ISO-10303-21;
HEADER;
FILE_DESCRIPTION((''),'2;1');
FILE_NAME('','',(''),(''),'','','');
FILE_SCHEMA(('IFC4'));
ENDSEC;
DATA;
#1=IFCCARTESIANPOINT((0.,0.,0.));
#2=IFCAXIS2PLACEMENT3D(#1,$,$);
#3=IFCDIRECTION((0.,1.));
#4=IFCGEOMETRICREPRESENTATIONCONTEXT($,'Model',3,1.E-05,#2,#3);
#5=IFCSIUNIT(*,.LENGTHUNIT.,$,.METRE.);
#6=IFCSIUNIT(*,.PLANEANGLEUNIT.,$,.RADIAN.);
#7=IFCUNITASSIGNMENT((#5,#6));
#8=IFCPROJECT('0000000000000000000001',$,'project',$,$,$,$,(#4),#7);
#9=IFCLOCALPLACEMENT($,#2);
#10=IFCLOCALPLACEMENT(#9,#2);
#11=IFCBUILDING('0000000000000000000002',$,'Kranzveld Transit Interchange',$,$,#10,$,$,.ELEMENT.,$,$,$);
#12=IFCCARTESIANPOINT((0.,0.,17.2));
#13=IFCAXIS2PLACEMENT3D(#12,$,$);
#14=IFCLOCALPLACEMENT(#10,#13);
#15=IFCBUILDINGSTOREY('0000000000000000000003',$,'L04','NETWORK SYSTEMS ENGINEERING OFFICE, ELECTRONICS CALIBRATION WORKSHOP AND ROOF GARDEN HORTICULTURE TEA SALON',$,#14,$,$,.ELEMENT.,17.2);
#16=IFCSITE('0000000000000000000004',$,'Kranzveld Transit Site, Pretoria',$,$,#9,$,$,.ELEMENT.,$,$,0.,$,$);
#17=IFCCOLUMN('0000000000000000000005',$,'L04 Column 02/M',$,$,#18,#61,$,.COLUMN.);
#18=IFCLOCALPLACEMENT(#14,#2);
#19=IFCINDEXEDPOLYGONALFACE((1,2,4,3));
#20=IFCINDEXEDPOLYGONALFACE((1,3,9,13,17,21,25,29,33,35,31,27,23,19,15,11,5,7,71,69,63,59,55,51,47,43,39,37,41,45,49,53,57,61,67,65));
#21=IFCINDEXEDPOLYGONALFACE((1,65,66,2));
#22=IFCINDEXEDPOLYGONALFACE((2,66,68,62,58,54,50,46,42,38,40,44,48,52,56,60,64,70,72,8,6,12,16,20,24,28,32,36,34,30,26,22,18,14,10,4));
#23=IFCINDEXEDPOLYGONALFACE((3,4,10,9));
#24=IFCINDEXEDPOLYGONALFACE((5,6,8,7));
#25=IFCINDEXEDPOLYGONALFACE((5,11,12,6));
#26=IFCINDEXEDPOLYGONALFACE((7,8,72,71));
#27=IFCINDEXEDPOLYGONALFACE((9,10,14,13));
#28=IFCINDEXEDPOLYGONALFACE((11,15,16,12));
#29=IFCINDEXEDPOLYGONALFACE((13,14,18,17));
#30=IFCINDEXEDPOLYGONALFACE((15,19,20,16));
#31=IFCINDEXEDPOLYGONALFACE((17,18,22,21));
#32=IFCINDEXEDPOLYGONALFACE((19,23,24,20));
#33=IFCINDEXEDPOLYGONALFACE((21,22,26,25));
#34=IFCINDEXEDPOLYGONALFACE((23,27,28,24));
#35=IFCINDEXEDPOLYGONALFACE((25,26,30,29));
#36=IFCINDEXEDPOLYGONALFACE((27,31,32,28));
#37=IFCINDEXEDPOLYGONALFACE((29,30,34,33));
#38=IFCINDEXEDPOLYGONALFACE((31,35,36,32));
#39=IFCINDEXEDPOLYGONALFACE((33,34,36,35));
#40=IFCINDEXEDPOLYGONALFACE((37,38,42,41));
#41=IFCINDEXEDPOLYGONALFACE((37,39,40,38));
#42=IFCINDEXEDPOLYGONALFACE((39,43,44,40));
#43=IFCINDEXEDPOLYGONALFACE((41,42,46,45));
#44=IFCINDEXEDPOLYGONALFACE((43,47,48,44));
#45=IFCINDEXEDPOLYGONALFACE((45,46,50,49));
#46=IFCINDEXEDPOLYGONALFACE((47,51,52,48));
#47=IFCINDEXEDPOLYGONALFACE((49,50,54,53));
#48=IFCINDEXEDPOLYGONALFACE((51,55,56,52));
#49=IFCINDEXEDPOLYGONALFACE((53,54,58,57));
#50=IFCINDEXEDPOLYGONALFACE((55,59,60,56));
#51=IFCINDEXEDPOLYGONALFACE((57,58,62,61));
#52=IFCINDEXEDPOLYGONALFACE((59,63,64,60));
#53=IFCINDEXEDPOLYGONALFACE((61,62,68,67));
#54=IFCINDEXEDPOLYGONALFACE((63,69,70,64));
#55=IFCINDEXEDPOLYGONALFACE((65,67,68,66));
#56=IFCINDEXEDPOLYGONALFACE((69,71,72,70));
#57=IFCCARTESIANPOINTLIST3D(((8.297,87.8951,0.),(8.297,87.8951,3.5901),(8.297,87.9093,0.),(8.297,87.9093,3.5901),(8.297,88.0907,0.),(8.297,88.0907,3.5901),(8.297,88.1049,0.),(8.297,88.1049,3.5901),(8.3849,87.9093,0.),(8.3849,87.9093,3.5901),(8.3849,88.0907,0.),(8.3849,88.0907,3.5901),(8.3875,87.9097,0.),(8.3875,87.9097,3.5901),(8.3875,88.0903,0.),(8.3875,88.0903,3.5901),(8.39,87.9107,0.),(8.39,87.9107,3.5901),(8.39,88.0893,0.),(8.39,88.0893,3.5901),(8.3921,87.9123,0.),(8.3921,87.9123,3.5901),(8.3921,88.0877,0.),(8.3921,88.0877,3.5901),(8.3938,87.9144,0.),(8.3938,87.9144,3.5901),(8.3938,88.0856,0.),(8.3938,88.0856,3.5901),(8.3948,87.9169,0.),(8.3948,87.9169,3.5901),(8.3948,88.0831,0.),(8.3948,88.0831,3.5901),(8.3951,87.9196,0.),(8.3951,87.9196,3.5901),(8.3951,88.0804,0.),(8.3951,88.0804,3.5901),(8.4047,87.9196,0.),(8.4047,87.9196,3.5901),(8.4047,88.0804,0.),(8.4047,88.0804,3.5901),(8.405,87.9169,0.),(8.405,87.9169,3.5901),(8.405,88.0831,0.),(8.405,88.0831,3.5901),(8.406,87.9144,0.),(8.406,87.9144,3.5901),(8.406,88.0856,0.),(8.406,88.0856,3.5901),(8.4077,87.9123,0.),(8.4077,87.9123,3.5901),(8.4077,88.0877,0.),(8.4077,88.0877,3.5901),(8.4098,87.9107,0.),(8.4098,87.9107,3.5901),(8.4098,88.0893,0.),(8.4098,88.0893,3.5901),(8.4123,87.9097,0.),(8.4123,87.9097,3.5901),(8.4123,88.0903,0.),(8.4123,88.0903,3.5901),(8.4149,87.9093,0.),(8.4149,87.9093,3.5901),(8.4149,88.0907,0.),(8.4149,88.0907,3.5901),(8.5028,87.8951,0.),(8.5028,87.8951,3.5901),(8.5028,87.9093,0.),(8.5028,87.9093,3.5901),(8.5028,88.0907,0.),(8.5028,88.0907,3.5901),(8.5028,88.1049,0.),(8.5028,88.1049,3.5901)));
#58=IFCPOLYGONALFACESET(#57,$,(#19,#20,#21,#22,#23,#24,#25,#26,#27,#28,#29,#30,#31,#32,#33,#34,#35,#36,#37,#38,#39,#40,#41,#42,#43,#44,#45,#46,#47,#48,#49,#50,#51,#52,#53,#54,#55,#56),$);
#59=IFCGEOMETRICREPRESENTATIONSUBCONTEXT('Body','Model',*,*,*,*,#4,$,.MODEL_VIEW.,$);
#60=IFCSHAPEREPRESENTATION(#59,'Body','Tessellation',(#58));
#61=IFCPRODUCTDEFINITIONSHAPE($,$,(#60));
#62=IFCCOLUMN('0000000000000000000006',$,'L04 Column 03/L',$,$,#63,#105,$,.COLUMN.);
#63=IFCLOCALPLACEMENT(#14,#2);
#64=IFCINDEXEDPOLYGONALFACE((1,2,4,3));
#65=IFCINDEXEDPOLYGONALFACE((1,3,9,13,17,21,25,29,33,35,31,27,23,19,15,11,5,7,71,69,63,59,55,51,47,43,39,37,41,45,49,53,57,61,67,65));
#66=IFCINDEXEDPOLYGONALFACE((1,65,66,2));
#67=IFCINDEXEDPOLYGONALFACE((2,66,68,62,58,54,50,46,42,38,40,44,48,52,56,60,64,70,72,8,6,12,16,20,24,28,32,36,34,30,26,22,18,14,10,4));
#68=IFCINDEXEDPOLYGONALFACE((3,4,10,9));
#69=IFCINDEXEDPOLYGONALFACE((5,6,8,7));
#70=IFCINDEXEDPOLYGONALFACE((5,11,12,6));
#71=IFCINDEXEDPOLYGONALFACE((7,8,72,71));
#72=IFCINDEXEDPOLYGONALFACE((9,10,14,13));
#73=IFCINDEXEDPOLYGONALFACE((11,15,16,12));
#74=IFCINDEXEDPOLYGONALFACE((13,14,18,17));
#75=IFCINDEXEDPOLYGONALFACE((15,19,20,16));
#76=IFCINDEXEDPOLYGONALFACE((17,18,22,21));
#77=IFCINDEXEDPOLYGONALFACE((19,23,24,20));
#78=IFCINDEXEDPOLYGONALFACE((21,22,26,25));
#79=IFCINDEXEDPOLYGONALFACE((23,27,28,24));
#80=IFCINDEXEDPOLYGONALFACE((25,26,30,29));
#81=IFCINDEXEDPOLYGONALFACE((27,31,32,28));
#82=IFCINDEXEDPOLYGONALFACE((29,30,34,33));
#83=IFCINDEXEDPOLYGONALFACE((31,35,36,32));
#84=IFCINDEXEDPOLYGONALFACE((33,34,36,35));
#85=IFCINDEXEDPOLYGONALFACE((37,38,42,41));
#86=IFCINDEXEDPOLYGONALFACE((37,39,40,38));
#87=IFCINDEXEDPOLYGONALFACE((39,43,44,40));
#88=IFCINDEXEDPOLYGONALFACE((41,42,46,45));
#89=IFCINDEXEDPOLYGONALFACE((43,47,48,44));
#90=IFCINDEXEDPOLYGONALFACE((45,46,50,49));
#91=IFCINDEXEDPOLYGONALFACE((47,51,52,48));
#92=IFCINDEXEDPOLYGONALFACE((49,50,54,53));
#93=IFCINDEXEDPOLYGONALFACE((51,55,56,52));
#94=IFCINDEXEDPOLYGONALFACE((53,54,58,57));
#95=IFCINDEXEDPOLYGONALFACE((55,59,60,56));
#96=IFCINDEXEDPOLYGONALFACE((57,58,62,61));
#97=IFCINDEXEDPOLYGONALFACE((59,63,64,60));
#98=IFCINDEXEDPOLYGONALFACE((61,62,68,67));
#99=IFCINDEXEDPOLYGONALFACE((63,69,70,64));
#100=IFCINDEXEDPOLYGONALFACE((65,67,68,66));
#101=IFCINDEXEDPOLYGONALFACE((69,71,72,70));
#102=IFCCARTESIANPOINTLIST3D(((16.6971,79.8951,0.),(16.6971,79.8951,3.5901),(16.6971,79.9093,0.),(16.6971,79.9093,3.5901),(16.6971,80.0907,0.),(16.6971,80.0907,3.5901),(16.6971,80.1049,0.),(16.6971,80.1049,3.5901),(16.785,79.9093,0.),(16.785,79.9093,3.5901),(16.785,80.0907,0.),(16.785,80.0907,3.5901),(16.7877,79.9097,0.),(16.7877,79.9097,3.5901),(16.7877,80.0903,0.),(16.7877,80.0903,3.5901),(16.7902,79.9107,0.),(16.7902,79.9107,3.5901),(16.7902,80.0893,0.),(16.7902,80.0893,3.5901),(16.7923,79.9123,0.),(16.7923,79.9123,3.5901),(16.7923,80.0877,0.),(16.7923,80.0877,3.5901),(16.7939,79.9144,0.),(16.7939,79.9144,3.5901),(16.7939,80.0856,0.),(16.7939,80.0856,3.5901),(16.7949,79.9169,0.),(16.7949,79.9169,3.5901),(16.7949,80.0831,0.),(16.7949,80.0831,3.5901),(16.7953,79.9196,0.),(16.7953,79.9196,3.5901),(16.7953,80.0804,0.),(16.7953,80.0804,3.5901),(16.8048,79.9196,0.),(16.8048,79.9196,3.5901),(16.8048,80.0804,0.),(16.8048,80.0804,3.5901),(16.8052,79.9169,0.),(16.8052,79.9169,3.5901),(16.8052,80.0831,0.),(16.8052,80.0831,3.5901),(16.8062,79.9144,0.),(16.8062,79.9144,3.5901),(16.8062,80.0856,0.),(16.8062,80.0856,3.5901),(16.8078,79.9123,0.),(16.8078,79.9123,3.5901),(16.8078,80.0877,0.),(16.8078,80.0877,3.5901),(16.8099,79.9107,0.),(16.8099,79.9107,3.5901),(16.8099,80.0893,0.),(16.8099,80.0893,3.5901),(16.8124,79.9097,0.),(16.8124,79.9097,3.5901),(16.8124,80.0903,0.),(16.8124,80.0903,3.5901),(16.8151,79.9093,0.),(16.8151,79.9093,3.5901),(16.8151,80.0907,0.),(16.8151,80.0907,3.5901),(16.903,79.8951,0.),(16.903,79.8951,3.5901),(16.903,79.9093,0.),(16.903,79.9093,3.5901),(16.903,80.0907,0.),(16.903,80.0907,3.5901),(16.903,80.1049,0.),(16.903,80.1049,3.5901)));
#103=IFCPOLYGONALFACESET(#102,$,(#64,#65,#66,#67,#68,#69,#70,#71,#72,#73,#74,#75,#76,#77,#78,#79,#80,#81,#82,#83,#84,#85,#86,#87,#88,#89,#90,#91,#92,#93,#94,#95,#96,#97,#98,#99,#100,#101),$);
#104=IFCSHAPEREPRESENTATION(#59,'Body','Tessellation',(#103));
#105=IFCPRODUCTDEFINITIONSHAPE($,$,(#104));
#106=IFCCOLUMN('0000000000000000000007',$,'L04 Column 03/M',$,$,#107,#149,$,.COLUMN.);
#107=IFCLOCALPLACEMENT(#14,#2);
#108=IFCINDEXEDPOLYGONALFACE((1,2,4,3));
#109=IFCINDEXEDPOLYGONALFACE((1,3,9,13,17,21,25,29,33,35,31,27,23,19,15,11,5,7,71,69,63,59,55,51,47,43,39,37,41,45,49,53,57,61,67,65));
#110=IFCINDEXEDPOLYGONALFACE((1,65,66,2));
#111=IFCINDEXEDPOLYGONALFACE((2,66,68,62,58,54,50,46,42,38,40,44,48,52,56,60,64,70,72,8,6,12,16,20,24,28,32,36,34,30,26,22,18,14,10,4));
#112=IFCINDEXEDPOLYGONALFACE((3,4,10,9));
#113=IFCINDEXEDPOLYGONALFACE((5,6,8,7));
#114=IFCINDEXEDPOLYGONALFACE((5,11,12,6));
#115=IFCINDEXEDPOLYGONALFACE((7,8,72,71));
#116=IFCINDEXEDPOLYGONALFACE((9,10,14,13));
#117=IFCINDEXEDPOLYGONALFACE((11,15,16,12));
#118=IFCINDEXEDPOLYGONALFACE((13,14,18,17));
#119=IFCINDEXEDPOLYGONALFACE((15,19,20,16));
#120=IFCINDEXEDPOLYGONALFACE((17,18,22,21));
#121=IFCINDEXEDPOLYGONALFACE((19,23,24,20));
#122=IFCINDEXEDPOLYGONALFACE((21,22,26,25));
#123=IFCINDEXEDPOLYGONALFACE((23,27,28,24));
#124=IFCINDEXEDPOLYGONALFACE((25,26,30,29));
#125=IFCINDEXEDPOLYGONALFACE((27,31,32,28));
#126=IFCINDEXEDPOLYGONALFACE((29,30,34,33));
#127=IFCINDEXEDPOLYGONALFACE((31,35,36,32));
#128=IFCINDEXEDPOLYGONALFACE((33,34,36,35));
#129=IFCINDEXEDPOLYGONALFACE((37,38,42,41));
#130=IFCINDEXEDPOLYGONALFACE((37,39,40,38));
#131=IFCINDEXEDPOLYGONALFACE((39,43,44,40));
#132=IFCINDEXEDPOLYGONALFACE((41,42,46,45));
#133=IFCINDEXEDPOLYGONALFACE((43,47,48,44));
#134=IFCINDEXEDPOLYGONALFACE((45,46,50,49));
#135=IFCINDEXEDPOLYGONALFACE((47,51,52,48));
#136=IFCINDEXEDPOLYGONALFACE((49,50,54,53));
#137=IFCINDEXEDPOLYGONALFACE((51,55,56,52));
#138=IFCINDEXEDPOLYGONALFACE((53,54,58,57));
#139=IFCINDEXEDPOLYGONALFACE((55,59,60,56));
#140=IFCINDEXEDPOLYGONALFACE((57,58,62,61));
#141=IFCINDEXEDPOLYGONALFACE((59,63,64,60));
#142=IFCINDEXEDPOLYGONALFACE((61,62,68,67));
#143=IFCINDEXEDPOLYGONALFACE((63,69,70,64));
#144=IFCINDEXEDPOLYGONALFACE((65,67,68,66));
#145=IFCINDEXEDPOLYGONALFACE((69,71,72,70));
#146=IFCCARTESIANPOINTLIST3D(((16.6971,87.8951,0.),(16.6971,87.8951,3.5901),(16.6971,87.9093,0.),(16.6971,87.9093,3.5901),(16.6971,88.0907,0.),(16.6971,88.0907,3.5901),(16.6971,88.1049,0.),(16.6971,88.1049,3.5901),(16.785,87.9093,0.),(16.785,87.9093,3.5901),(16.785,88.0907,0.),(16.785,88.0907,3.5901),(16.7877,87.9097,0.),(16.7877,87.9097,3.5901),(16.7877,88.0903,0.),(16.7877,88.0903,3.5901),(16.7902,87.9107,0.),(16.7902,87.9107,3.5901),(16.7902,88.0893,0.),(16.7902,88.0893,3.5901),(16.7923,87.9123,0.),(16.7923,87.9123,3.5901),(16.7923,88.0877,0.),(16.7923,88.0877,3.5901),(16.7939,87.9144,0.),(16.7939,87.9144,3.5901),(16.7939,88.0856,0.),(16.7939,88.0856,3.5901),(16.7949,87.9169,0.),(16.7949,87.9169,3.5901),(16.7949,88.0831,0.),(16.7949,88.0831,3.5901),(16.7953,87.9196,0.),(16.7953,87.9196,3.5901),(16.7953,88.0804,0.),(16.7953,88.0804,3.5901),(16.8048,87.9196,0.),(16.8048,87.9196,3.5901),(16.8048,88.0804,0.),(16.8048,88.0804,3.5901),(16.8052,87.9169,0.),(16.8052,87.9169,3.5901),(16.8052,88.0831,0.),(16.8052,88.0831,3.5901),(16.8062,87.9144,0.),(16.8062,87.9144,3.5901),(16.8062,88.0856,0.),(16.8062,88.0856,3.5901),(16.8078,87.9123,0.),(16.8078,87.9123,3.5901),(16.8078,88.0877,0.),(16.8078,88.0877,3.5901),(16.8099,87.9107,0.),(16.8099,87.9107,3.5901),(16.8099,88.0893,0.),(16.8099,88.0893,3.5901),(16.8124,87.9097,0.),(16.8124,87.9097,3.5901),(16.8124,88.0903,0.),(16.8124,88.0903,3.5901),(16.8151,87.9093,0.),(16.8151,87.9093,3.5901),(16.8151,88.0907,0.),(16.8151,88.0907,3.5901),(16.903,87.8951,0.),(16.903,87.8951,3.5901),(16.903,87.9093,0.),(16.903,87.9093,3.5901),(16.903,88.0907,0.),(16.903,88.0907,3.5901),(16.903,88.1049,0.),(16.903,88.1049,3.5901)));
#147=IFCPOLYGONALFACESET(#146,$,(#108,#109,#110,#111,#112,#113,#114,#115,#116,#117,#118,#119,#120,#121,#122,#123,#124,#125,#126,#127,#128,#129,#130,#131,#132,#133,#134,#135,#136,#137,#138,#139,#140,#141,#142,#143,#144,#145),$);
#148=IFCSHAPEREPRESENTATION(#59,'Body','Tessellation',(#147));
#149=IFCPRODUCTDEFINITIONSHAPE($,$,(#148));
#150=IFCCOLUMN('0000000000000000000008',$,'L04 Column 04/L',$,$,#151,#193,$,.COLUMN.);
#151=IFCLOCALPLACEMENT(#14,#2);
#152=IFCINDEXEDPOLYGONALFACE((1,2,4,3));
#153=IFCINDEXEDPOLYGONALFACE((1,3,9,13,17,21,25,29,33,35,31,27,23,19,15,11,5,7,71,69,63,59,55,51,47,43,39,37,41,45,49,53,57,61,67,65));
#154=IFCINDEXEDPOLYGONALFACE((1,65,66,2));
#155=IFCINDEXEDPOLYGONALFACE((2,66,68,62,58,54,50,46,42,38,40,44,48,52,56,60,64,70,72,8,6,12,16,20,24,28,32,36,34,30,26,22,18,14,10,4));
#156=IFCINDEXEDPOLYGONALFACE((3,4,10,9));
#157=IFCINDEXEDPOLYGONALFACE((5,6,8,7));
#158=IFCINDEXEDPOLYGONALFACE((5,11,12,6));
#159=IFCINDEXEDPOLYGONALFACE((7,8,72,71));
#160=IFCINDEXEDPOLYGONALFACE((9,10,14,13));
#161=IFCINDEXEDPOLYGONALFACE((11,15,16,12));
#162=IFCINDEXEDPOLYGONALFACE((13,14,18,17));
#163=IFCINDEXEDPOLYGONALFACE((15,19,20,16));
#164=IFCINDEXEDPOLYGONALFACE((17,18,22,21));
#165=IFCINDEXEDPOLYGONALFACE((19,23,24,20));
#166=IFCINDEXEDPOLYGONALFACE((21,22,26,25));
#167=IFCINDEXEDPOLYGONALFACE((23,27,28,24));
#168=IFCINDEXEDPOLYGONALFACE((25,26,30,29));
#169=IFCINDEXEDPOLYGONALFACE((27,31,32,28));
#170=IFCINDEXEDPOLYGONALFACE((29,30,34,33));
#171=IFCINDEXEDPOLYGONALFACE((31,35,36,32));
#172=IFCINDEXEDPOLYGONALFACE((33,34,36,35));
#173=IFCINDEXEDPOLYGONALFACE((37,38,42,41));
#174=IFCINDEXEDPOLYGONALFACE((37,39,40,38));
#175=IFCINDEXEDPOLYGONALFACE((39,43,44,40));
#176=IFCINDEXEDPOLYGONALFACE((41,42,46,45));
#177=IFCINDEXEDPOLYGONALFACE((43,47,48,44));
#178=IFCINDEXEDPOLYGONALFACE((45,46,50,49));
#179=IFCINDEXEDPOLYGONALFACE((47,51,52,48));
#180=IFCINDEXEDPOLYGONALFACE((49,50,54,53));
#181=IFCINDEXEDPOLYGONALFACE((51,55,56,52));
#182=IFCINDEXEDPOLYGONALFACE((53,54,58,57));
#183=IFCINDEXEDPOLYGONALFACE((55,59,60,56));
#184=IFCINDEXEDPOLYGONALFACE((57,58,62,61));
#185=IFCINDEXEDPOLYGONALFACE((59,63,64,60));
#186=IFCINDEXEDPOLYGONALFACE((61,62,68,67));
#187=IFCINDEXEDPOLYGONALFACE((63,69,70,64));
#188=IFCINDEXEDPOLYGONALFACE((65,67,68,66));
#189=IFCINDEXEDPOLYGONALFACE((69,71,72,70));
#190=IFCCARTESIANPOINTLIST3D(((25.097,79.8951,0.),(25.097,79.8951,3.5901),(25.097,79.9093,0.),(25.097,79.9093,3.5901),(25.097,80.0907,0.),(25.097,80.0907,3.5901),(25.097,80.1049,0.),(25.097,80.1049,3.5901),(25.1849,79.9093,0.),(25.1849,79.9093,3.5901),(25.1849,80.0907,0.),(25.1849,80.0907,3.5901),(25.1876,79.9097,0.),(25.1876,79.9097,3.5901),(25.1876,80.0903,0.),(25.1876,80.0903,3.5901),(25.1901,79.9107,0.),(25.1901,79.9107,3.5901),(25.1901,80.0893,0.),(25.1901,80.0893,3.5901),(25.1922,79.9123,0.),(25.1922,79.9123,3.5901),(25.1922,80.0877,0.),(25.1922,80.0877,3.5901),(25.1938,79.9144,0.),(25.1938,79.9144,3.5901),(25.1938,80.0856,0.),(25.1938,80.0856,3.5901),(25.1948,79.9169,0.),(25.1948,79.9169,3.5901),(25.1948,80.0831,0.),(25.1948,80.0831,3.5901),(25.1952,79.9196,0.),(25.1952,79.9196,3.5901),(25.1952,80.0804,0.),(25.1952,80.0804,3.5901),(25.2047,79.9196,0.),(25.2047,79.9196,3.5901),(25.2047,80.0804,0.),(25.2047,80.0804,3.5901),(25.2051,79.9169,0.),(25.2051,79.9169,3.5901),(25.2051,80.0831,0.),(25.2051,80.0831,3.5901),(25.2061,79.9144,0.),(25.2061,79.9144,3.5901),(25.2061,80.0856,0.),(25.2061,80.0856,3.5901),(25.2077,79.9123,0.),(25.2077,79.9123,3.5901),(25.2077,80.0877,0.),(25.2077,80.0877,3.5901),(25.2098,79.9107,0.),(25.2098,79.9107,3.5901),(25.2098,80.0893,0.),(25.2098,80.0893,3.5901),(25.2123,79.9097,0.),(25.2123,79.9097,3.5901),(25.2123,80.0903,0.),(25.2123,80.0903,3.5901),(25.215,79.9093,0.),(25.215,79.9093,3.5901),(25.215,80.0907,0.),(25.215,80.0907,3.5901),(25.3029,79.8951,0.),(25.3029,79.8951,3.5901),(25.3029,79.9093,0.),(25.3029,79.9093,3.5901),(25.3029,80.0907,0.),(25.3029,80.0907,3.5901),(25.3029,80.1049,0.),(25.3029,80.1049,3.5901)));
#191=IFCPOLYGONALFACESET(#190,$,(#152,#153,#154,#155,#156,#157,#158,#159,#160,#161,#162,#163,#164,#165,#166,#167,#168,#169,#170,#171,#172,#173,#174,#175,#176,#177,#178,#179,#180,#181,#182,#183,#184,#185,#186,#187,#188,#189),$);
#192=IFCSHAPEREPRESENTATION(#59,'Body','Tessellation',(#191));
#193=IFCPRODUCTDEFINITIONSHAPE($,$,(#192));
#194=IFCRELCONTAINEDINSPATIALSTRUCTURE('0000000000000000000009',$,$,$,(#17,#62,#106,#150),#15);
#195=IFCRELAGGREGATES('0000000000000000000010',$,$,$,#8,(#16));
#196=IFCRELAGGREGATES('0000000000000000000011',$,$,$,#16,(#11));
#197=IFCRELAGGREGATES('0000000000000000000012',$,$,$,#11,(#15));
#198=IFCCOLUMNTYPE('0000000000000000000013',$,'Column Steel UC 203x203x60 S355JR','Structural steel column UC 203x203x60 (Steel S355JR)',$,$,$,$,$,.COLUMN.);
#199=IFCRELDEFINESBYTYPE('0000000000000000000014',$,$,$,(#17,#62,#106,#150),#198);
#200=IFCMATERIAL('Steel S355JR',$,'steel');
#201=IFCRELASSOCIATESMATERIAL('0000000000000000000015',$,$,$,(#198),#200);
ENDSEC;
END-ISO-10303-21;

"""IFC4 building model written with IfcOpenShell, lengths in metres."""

from ifc_helpers import new_model, si_unit, direction, frame, origin, origin_2d, place, context, subcontext, project, spatial, i_section, extrude, material, material_profile, profile_set, type_object, element, save


model = new_model("IFC4")

# Units and contexts
model_context = context("Model", 3, precision=1e-05, world=origin(), true_north=direction((0.0, 1.0)))
body_context = subcontext(model_context, "Body", "Model", "MODEL_VIEW")
ifc_project = project(units=[si_unit("LENGTHUNIT", "METRE"), si_unit("PLANEANGLEUNIT", "RADIAN")], contexts=[model_context])

# Site, building, storey
site_placement = place(None, origin())
site = spatial("IfcSite", under=ifc_project, at=site_placement, Name="Kranzveld Transit Site, Pretoria", CompositionType="ELEMENT", RefElevation=0.0)
building_placement = place(site_placement, origin())
building = spatial("IfcBuilding", under=site, at=building_placement, Name="Kranzveld Transit Interchange", CompositionType="ELEMENT")
storey_placement = place(building_placement, frame((0.0, 0.0, 17.2)))
storey = spatial("IfcBuildingStorey", under=building, at=storey_placement, Name="L04", Description="NETWORK SYSTEMS ENGINEERING OFFICE, ELECTRONICS CALIBRATION WORKSHOP AND ROOF GARDEN HORTICULTURE TEA SALON", CompositionType="ELEMENT", Elevation=17.2)

# Columns
ifc_material_1 = material(Name="Steel S355JR", Category="steel")
ifc_material_profile_1 = material_profile(ifc_material_1, i_section(OverallWidth=0.2058, OverallDepth=0.2097, WebThickness=0.0095, FlangeThickness=0.0142, FilletRadius=0.0103, at=origin_2d()), Name="UC 203x203x60")
ifc_profile_set_1 = profile_set([ifc_material_profile_1], Name="Steel S355JR")
column_type = type_object("IfcColumnType", Name="Column Steel UC 203x203x60 S355JR", Description="Structural steel column UC 203x203x60 (Steel S355JR)", PredefinedType="COLUMN", material=ifc_profile_set_1)
for number, where, z_axis, x_axis, name in (
    (1, (8.3999, 88.0, 0.0), (0.0, 0.0, 1.0), (1.0, 0.0, 0.0), "L04 Column 02/M"),
    (2, (16.8, 80.0, 0.0), (0.0, 0.0, 1.0), (1.0, 0.0, 0.0), "L04 Column 03/L"),
    (3, (16.8, 88.0, 0.0), (0.0, 0.0, 1.0), (1.0, 0.0, 0.0), "L04 Column 03/M"),
    (4, (25.2, 80.0, 0.0), (0.0, 0.0, 1.0), (1.0, 0.0, 0.0), "L04 Column 04/L"),
):
    element("IfcColumn", number, at=place(storey_placement, frame(where, z_axis=z_axis, x_axis=x_axis)), inside=storey, type_object=column_type, Name=name, PredefinedType="COLUMN", context=body_context, shape_type="SweptSolid", body=[
        extrude(i_section(OverallWidth=0.2058, OverallDepth=0.2097, WebThickness=0.0095, FlangeThickness=0.0142, FilletRadius=0.0103, at=origin_2d()), origin(), (0.0, 0.0, 1.0), 3.5901),
    ])

save(model, "model.ifc")
